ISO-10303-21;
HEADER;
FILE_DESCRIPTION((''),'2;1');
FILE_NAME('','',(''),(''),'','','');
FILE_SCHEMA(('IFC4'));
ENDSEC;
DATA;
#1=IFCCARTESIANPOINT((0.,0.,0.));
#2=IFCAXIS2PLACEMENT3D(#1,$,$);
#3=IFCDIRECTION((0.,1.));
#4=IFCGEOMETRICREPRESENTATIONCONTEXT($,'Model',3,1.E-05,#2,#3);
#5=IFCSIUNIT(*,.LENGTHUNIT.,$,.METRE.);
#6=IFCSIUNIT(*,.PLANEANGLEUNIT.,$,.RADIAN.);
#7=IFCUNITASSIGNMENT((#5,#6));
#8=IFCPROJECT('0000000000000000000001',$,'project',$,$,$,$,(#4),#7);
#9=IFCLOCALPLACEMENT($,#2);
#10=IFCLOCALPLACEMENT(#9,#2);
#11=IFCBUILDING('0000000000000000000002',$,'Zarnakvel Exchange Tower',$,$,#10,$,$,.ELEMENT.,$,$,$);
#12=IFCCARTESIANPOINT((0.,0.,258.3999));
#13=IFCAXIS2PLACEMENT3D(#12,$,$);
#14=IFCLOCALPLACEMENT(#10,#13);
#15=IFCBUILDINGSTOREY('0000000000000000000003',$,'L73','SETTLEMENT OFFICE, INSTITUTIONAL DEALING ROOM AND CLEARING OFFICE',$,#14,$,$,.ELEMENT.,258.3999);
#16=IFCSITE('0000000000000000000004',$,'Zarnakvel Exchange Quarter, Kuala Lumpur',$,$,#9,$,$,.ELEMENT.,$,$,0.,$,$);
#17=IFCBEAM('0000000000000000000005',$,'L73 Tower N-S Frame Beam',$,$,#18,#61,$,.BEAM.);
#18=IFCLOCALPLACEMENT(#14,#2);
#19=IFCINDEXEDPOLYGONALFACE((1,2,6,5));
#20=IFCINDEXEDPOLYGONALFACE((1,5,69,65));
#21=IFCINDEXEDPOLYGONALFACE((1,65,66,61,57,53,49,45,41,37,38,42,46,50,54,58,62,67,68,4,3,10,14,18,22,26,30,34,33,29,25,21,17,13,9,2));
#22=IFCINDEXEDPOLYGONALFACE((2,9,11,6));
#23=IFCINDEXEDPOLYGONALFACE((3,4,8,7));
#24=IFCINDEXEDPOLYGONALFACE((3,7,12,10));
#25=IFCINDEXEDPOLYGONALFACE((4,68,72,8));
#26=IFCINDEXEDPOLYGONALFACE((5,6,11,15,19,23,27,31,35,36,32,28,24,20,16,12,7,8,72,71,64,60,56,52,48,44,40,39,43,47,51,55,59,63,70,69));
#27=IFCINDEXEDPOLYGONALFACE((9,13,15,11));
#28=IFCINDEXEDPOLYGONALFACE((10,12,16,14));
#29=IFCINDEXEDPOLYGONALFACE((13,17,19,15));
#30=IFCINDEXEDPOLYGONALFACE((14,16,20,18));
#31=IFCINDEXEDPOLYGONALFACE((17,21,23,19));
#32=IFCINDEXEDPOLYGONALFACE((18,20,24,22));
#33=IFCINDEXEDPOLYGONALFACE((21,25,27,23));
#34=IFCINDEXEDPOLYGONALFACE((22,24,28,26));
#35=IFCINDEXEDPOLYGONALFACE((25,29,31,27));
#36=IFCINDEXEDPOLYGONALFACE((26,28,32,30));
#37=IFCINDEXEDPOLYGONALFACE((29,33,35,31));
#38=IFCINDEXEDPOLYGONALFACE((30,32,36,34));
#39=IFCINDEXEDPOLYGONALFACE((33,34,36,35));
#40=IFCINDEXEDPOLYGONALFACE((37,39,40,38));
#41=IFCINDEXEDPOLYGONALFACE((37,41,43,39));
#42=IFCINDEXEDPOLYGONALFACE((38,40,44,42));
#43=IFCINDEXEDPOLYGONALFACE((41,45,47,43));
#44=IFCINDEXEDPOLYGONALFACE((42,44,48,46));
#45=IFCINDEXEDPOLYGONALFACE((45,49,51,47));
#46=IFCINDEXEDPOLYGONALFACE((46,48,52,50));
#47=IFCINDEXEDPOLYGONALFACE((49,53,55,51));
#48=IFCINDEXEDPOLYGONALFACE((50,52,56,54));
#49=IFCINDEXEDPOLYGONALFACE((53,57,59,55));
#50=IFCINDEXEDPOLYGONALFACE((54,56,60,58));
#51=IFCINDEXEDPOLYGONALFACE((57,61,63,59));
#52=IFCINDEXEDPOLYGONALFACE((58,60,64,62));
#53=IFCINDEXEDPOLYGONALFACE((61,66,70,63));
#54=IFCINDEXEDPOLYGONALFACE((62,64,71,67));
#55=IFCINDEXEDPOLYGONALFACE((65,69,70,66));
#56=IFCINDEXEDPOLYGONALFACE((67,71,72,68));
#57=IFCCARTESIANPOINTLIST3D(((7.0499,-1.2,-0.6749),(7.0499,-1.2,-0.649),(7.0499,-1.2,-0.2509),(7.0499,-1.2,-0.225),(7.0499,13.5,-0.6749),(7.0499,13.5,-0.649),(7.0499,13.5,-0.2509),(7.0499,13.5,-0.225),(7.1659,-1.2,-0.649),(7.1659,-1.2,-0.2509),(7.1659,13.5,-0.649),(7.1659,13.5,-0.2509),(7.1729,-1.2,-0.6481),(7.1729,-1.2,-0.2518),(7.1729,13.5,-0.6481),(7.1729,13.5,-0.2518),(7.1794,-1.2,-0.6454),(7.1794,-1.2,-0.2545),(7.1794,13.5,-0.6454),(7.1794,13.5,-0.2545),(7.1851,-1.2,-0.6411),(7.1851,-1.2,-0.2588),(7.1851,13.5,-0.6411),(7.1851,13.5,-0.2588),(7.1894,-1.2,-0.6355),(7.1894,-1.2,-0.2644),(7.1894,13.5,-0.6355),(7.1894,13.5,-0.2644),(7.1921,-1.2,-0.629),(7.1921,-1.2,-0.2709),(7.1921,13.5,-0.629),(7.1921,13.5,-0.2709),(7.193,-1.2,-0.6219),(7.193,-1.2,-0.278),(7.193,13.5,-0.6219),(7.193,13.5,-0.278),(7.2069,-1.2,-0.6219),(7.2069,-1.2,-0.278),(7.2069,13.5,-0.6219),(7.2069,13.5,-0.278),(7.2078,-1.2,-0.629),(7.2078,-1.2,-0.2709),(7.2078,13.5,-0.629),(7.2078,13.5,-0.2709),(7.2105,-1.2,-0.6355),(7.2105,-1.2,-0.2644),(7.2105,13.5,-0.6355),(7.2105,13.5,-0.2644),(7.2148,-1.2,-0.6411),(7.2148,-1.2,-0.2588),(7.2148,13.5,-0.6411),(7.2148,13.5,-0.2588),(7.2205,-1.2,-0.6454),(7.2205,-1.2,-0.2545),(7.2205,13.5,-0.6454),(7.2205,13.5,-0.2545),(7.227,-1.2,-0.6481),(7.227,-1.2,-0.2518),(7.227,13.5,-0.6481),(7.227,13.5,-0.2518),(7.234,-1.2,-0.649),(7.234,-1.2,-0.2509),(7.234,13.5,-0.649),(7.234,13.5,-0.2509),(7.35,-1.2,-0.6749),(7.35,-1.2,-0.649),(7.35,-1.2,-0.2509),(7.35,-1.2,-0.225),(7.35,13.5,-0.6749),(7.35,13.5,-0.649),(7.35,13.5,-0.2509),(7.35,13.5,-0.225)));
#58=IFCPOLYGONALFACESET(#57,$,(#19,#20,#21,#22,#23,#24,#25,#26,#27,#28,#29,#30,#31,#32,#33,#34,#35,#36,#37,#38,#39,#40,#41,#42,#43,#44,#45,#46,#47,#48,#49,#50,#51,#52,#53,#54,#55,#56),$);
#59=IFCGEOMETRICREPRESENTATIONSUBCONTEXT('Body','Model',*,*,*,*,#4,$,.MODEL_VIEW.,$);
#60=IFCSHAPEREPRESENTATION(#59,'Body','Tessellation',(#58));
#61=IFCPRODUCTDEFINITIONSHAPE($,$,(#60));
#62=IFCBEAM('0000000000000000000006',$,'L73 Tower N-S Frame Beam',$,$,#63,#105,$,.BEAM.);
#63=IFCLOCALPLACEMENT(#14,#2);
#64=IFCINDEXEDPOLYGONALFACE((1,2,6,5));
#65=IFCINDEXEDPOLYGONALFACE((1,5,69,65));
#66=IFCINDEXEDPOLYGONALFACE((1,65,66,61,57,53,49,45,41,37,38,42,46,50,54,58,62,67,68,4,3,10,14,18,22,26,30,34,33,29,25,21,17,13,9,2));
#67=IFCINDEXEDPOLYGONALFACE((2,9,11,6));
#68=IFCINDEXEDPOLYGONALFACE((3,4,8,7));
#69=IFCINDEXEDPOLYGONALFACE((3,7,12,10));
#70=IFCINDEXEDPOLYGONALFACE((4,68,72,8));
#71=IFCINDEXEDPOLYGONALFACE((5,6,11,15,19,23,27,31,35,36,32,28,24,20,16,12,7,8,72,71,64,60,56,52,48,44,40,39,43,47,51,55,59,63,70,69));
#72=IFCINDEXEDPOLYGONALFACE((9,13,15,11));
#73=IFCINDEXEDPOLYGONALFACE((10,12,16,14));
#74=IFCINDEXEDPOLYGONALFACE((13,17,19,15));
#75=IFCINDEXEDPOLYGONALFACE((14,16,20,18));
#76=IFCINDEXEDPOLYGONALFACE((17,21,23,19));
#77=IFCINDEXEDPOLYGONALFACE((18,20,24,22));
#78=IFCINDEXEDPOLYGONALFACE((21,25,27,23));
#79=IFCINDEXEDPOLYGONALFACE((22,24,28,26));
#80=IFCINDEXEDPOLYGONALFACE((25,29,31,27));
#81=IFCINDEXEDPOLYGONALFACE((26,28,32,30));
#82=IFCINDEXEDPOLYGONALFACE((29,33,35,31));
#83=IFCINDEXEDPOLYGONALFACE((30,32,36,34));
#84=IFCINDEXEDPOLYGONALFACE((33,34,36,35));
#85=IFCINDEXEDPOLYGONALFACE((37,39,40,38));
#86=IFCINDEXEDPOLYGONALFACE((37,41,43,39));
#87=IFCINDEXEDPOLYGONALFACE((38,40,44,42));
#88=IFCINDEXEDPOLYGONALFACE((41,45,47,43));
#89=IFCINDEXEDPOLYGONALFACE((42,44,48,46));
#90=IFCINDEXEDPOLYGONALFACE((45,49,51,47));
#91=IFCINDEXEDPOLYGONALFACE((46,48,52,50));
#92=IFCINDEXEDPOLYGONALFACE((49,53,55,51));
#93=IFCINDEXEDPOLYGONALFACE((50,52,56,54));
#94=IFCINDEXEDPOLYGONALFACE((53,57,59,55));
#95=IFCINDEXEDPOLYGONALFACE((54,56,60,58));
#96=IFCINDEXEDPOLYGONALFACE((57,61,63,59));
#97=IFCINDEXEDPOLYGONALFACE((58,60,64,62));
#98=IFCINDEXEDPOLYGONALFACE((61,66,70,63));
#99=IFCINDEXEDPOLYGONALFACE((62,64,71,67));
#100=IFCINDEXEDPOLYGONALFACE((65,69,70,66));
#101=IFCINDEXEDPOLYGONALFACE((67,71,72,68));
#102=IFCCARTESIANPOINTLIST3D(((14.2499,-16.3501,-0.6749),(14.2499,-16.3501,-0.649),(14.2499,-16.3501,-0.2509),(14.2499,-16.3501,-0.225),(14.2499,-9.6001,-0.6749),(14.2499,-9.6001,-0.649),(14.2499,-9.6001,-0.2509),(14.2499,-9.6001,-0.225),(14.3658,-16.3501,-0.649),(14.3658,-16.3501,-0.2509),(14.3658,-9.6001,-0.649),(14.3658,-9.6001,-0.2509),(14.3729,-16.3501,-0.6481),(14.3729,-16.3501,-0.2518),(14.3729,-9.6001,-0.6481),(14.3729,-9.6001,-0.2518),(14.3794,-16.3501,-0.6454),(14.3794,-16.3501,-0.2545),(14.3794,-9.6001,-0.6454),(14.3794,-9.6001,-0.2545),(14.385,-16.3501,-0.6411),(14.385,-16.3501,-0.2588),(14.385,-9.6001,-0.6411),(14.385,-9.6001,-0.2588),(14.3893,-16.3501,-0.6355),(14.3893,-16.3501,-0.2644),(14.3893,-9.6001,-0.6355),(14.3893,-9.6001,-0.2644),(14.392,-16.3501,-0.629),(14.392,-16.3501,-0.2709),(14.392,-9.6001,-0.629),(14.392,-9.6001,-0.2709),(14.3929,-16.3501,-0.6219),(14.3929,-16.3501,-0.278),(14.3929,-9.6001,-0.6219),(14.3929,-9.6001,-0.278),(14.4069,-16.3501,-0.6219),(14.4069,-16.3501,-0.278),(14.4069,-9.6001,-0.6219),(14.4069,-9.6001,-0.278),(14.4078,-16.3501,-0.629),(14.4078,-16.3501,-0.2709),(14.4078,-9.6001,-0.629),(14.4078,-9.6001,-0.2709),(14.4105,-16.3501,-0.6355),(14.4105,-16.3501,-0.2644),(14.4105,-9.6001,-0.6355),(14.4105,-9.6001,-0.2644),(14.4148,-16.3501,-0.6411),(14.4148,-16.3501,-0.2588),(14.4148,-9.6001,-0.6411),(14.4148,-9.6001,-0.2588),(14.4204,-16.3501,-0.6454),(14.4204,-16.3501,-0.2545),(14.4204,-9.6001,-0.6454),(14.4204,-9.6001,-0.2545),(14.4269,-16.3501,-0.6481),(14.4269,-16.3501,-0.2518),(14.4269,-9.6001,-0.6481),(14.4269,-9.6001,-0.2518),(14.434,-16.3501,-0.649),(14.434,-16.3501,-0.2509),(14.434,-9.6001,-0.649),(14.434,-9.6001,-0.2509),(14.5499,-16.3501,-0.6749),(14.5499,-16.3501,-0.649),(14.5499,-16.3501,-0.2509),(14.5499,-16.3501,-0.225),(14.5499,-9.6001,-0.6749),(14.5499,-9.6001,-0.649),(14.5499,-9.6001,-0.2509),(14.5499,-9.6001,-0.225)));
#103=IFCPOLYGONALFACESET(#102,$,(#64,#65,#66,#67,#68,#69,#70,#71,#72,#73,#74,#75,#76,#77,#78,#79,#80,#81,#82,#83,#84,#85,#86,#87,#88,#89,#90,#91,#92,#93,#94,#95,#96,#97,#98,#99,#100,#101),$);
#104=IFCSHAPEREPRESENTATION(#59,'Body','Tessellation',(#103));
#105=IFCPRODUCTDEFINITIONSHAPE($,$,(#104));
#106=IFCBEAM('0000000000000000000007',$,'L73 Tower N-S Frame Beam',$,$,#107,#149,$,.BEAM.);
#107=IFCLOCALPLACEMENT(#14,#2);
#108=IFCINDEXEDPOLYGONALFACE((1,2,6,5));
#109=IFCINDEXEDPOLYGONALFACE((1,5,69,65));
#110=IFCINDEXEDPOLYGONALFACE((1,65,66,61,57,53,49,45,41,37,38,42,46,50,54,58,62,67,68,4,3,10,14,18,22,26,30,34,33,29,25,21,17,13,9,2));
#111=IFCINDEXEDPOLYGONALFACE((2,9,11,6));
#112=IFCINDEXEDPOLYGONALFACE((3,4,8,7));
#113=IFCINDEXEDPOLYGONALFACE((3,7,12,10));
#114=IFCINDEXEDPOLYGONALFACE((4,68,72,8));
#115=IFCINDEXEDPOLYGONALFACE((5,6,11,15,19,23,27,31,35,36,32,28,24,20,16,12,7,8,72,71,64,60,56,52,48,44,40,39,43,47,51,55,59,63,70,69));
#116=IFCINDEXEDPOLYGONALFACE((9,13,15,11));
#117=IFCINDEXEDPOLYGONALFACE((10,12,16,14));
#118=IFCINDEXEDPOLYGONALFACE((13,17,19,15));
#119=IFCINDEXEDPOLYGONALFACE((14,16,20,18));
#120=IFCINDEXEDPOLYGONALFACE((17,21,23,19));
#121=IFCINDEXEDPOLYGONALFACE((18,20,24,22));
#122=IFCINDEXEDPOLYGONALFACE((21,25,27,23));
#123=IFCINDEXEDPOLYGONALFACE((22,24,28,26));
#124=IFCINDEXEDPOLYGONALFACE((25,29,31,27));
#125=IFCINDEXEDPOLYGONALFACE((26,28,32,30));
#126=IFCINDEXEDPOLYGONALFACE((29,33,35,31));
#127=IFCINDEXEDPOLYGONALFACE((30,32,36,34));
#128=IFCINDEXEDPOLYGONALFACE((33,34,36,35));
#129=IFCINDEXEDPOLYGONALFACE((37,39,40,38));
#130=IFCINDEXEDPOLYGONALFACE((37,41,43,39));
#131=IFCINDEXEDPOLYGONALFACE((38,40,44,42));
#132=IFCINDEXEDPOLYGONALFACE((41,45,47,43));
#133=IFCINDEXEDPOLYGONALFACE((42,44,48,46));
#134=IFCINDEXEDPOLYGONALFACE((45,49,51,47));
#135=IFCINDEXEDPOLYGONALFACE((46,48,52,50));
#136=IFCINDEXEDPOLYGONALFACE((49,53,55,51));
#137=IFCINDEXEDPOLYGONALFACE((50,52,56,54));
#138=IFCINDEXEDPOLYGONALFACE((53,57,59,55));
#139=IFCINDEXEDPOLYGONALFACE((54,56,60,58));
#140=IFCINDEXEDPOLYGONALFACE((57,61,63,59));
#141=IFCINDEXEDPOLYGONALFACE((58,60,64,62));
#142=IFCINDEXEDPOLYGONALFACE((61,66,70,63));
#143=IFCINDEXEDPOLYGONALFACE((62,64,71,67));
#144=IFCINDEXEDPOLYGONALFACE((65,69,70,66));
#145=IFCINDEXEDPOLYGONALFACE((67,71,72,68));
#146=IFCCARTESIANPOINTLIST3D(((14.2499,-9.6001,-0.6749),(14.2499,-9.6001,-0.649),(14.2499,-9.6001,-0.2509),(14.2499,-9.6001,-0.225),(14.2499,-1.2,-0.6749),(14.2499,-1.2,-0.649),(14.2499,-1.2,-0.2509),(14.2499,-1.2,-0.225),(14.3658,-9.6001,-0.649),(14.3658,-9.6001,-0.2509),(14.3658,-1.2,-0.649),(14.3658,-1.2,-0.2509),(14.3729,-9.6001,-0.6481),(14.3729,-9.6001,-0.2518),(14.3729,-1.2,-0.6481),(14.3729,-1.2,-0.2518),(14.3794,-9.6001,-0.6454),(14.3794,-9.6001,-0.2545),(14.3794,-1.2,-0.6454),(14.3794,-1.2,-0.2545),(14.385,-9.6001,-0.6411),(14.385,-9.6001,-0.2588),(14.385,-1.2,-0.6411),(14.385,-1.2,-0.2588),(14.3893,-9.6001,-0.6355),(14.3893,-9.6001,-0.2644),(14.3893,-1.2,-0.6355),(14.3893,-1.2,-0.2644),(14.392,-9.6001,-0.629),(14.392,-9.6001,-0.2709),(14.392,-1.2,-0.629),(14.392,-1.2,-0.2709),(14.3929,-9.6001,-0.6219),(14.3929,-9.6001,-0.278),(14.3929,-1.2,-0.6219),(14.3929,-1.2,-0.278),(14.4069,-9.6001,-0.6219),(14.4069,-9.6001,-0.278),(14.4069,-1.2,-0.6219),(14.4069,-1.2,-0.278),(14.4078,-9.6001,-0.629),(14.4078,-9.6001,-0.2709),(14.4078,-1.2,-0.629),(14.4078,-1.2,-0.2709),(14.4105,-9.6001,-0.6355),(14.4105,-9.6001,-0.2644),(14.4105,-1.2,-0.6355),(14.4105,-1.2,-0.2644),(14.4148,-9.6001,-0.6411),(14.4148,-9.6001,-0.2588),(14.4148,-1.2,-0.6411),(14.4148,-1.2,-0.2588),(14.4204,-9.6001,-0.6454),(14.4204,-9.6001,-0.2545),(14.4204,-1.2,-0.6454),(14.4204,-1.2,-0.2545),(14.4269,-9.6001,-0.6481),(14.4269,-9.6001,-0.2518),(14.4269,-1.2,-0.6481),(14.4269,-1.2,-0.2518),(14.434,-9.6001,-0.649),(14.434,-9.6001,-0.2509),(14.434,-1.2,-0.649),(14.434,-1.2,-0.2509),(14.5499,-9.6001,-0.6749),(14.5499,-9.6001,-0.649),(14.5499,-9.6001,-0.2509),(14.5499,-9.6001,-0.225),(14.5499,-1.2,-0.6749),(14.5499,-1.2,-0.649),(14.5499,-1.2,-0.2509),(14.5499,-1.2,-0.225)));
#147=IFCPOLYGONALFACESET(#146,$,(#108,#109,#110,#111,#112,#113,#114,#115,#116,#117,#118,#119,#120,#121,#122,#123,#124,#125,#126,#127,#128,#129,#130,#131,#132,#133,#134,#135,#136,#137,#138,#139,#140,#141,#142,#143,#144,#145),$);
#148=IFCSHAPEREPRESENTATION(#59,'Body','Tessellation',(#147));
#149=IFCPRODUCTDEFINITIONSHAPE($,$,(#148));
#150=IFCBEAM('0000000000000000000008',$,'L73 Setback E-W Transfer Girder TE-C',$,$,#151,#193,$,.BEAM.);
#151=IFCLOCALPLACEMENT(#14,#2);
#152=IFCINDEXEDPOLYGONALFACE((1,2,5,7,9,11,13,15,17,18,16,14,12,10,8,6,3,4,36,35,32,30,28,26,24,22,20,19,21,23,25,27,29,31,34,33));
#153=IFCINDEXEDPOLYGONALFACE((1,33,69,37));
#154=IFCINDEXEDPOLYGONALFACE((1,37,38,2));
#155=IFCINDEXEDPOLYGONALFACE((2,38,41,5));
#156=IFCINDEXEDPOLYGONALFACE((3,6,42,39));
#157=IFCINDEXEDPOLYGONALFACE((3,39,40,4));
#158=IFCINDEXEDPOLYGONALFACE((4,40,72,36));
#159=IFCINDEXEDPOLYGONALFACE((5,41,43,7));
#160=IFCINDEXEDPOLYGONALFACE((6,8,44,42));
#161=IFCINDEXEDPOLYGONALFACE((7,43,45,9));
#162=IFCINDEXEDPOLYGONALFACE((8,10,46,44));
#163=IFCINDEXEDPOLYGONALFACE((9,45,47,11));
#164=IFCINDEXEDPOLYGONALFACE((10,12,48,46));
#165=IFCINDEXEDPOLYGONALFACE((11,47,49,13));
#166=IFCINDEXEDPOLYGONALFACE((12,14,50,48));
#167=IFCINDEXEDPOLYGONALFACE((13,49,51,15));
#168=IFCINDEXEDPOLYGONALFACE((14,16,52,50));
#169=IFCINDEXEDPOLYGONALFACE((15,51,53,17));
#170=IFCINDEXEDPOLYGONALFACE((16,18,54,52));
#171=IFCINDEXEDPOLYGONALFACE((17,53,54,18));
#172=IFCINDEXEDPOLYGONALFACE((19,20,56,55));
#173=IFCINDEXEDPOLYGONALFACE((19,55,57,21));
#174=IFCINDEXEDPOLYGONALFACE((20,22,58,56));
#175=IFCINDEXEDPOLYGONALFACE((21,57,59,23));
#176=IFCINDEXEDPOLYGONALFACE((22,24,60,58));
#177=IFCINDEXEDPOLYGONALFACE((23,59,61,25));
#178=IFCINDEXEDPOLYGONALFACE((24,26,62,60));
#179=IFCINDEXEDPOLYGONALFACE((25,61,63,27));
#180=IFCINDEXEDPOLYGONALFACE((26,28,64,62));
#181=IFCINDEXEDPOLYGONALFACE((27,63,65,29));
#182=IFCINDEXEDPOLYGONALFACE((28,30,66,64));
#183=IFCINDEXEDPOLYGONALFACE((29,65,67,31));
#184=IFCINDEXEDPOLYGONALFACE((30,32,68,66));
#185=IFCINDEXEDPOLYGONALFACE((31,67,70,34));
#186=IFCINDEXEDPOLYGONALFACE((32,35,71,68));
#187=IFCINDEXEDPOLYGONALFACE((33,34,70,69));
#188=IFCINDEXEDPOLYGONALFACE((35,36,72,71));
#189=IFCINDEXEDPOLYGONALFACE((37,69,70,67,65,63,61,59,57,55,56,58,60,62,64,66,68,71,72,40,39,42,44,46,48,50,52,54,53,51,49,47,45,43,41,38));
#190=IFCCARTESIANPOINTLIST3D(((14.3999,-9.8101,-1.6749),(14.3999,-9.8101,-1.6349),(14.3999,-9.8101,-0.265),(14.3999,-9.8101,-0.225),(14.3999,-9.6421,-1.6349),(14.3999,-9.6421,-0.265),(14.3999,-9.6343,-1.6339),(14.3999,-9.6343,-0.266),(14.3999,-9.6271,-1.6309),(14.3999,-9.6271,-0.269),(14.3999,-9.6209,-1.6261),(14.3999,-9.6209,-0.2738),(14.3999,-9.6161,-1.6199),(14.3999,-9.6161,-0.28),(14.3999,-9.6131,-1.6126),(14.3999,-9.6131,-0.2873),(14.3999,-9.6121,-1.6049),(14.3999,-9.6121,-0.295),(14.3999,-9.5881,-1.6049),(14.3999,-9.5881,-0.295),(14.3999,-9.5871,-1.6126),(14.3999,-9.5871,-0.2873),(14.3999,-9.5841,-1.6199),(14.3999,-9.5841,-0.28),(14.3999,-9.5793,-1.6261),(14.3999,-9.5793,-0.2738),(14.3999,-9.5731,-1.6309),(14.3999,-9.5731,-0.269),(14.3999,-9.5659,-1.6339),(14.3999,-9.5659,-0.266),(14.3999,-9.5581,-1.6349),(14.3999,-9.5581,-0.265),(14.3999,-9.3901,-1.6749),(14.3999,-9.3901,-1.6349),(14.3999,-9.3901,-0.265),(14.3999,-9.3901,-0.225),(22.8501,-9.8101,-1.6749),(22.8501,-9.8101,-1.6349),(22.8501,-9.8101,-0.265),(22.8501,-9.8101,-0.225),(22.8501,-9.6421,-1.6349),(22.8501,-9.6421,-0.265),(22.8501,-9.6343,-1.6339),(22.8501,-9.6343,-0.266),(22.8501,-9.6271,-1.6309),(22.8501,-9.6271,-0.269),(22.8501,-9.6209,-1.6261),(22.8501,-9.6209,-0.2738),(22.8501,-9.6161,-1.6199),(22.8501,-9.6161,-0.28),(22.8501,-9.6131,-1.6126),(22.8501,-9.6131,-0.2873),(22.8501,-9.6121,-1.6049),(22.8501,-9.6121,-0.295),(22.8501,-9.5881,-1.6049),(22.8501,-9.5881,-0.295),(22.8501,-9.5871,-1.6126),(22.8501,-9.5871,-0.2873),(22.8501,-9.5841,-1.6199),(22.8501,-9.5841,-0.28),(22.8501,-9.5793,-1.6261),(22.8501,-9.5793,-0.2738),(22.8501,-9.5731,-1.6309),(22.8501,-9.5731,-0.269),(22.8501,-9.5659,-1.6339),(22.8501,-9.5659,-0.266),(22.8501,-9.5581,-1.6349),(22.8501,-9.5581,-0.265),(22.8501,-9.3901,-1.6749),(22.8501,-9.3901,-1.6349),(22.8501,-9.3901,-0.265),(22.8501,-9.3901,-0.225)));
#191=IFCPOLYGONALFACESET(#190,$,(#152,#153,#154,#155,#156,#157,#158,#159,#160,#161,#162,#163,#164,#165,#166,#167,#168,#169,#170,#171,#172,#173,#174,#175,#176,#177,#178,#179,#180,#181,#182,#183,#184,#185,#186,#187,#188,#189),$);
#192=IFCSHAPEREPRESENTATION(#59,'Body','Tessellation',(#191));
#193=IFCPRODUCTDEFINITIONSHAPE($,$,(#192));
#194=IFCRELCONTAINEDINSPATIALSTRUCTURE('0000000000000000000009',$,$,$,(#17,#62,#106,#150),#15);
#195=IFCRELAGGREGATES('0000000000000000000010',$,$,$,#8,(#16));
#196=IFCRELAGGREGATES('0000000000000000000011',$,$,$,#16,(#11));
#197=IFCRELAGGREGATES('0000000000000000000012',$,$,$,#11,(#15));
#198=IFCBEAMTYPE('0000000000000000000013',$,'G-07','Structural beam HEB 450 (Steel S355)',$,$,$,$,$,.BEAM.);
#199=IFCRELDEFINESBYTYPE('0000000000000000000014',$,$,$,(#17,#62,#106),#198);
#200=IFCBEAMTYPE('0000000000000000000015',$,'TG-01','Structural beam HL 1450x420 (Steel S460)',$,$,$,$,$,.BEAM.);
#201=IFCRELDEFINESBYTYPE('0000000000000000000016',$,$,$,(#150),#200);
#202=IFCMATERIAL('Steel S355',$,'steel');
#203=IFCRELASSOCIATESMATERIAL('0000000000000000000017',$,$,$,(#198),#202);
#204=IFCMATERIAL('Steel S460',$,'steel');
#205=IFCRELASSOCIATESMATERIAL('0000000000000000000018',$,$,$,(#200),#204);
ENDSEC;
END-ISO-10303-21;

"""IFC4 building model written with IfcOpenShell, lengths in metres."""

from ifc_helpers import new_model, si_unit, direction, frame, origin, origin_2d, place, context, subcontext, project, spatial, i_section, extrude, material, material_profile, profile_set, type_object, element, save


model = new_model("IFC4")

# Units and contexts
model_context = context("Model", 3, precision=1e-05, world=origin(), true_north=direction((0.0, 1.0)))
body_context = subcontext(model_context, "Body", "Model", "MODEL_VIEW")
ifc_project = project(units=[si_unit("LENGTHUNIT", "METRE"), si_unit("PLANEANGLEUNIT", "RADIAN")], contexts=[model_context])

# Site, building, storey
site_placement = place(None, origin())
site = spatial("IfcSite", under=ifc_project, at=site_placement, Name="Zarnakvel Exchange Quarter, Kuala Lumpur", CompositionType="ELEMENT", RefElevation=0.0)
building_placement = place(site_placement, origin())
building = spatial("IfcBuilding", under=site, at=building_placement, Name="Zarnakvel Exchange Tower", CompositionType="ELEMENT")
storey_placement = place(building_placement, frame((0.0, 0.0, 258.3999)))
storey = spatial("IfcBuildingStorey", under=building, at=storey_placement, Name="L73", Description="SETTLEMENT OFFICE, INSTITUTIONAL DEALING ROOM AND CLEARING OFFICE", CompositionType="ELEMENT", Elevation=258.3999)

# Beams
ifc_material_1 = material(Name="Steel S355", Category="steel")
ifc_material_profile_1 = material_profile(ifc_material_1, i_section(OverallWidth=0.3, OverallDepth=0.45, WebThickness=0.0139, FlangeThickness=0.0259, FilletRadius=0.0271, at=origin_2d()))
ifc_profile_set_1 = profile_set([ifc_material_profile_1], Name="Steel S355")
beam_type_1 = type_object("IfcBeamType", Name="G-07", Description="Structural beam HEB 450 (Steel S355)", PredefinedType="BEAM", material=ifc_profile_set_1)
beam_1_placement = place(storey_placement, frame((7.2, -1.2, -0.45), z_axis=(0.0, 1.0, 0.0), x_axis=(-1.0, 0.0, 0.0)))
element("IfcBeam", 1, at=beam_1_placement, inside=storey, type_object=beam_type_1, Name="L73 Tower N-S Frame Beam", PredefinedType="BEAM", context=body_context, shape_type="SweptSolid", body=[
    extrude(i_section(OverallWidth=0.3, OverallDepth=0.45, WebThickness=0.0139, FlangeThickness=0.0259, FilletRadius=0.0271, at=origin_2d()), origin(), (0.0, 0.0, 1.0), 14.7),
])
beam_2_placement = place(storey_placement, frame((14.3999, -16.3501, -0.45), z_axis=(0.0, 1.0, 0.0), x_axis=(-1.0, 0.0, 0.0)))
element("IfcBeam", 2, at=beam_2_placement, inside=storey, type_object=beam_type_1, Name="L73 Tower N-S Frame Beam", PredefinedType="BEAM", context=body_context, shape_type="SweptSolid", body=[
    extrude(i_section(OverallWidth=0.3, OverallDepth=0.45, WebThickness=0.0139, FlangeThickness=0.0259, FilletRadius=0.0271, at=origin_2d()), origin(), (0.0, 0.0, 1.0), 6.75),
])
beam_3_placement = place(storey_placement, frame((14.3999, -9.6001, -0.45), z_axis=(0.0, 1.0, 0.0), x_axis=(-1.0, 0.0, 0.0)))
element("IfcBeam", 3, at=beam_3_placement, inside=storey, type_object=beam_type_1, Name="L73 Tower N-S Frame Beam", PredefinedType="BEAM", context=body_context, shape_type="SweptSolid", body=[
    extrude(i_section(OverallWidth=0.3, OverallDepth=0.45, WebThickness=0.0139, FlangeThickness=0.0259, FilletRadius=0.0271, at=origin_2d()), origin(), (0.0, 0.0, 1.0), 8.4001),
])
ifc_material_2 = material(Name="Steel S460", Category="steel")
ifc_material_profile_2 = material_profile(ifc_material_2, i_section(OverallWidth=0.4199, OverallDepth=1.45, WebThickness=0.0239, FlangeThickness=0.04, FilletRadius=0.03, at=origin_2d()))
ifc_profile_set_2 = profile_set([ifc_material_profile_2], Name="Steel S460")
beam_type_2 = type_object("IfcBeamType", Name="TG-01", Description="Structural beam HL 1450x420 (Steel S460)", PredefinedType="BEAM", material=ifc_profile_set_2)
for number, where, z_axis, x_axis, name in (
    (4, (14.3999, -9.6001, -0.95), (1.0, 0.0, 0.0), (0.0, 1.0, 0.0), "L73 Setback E-W Transfer Girder TE-C"),
):
    element("IfcBeam", number, at=place(storey_placement, frame(where, z_axis=z_axis, x_axis=x_axis)), inside=storey, type_object=beam_type_2, Name=name, PredefinedType="BEAM", context=body_context, shape_type="SweptSolid", body=[
        extrude(i_section(OverallWidth=0.4199, OverallDepth=1.45, WebThickness=0.0239, FlangeThickness=0.04, FilletRadius=0.03, at=origin_2d()), origin(), (0.0, 0.0, 1.0), 8.4502),
    ])

save(model, "model.ifc")
